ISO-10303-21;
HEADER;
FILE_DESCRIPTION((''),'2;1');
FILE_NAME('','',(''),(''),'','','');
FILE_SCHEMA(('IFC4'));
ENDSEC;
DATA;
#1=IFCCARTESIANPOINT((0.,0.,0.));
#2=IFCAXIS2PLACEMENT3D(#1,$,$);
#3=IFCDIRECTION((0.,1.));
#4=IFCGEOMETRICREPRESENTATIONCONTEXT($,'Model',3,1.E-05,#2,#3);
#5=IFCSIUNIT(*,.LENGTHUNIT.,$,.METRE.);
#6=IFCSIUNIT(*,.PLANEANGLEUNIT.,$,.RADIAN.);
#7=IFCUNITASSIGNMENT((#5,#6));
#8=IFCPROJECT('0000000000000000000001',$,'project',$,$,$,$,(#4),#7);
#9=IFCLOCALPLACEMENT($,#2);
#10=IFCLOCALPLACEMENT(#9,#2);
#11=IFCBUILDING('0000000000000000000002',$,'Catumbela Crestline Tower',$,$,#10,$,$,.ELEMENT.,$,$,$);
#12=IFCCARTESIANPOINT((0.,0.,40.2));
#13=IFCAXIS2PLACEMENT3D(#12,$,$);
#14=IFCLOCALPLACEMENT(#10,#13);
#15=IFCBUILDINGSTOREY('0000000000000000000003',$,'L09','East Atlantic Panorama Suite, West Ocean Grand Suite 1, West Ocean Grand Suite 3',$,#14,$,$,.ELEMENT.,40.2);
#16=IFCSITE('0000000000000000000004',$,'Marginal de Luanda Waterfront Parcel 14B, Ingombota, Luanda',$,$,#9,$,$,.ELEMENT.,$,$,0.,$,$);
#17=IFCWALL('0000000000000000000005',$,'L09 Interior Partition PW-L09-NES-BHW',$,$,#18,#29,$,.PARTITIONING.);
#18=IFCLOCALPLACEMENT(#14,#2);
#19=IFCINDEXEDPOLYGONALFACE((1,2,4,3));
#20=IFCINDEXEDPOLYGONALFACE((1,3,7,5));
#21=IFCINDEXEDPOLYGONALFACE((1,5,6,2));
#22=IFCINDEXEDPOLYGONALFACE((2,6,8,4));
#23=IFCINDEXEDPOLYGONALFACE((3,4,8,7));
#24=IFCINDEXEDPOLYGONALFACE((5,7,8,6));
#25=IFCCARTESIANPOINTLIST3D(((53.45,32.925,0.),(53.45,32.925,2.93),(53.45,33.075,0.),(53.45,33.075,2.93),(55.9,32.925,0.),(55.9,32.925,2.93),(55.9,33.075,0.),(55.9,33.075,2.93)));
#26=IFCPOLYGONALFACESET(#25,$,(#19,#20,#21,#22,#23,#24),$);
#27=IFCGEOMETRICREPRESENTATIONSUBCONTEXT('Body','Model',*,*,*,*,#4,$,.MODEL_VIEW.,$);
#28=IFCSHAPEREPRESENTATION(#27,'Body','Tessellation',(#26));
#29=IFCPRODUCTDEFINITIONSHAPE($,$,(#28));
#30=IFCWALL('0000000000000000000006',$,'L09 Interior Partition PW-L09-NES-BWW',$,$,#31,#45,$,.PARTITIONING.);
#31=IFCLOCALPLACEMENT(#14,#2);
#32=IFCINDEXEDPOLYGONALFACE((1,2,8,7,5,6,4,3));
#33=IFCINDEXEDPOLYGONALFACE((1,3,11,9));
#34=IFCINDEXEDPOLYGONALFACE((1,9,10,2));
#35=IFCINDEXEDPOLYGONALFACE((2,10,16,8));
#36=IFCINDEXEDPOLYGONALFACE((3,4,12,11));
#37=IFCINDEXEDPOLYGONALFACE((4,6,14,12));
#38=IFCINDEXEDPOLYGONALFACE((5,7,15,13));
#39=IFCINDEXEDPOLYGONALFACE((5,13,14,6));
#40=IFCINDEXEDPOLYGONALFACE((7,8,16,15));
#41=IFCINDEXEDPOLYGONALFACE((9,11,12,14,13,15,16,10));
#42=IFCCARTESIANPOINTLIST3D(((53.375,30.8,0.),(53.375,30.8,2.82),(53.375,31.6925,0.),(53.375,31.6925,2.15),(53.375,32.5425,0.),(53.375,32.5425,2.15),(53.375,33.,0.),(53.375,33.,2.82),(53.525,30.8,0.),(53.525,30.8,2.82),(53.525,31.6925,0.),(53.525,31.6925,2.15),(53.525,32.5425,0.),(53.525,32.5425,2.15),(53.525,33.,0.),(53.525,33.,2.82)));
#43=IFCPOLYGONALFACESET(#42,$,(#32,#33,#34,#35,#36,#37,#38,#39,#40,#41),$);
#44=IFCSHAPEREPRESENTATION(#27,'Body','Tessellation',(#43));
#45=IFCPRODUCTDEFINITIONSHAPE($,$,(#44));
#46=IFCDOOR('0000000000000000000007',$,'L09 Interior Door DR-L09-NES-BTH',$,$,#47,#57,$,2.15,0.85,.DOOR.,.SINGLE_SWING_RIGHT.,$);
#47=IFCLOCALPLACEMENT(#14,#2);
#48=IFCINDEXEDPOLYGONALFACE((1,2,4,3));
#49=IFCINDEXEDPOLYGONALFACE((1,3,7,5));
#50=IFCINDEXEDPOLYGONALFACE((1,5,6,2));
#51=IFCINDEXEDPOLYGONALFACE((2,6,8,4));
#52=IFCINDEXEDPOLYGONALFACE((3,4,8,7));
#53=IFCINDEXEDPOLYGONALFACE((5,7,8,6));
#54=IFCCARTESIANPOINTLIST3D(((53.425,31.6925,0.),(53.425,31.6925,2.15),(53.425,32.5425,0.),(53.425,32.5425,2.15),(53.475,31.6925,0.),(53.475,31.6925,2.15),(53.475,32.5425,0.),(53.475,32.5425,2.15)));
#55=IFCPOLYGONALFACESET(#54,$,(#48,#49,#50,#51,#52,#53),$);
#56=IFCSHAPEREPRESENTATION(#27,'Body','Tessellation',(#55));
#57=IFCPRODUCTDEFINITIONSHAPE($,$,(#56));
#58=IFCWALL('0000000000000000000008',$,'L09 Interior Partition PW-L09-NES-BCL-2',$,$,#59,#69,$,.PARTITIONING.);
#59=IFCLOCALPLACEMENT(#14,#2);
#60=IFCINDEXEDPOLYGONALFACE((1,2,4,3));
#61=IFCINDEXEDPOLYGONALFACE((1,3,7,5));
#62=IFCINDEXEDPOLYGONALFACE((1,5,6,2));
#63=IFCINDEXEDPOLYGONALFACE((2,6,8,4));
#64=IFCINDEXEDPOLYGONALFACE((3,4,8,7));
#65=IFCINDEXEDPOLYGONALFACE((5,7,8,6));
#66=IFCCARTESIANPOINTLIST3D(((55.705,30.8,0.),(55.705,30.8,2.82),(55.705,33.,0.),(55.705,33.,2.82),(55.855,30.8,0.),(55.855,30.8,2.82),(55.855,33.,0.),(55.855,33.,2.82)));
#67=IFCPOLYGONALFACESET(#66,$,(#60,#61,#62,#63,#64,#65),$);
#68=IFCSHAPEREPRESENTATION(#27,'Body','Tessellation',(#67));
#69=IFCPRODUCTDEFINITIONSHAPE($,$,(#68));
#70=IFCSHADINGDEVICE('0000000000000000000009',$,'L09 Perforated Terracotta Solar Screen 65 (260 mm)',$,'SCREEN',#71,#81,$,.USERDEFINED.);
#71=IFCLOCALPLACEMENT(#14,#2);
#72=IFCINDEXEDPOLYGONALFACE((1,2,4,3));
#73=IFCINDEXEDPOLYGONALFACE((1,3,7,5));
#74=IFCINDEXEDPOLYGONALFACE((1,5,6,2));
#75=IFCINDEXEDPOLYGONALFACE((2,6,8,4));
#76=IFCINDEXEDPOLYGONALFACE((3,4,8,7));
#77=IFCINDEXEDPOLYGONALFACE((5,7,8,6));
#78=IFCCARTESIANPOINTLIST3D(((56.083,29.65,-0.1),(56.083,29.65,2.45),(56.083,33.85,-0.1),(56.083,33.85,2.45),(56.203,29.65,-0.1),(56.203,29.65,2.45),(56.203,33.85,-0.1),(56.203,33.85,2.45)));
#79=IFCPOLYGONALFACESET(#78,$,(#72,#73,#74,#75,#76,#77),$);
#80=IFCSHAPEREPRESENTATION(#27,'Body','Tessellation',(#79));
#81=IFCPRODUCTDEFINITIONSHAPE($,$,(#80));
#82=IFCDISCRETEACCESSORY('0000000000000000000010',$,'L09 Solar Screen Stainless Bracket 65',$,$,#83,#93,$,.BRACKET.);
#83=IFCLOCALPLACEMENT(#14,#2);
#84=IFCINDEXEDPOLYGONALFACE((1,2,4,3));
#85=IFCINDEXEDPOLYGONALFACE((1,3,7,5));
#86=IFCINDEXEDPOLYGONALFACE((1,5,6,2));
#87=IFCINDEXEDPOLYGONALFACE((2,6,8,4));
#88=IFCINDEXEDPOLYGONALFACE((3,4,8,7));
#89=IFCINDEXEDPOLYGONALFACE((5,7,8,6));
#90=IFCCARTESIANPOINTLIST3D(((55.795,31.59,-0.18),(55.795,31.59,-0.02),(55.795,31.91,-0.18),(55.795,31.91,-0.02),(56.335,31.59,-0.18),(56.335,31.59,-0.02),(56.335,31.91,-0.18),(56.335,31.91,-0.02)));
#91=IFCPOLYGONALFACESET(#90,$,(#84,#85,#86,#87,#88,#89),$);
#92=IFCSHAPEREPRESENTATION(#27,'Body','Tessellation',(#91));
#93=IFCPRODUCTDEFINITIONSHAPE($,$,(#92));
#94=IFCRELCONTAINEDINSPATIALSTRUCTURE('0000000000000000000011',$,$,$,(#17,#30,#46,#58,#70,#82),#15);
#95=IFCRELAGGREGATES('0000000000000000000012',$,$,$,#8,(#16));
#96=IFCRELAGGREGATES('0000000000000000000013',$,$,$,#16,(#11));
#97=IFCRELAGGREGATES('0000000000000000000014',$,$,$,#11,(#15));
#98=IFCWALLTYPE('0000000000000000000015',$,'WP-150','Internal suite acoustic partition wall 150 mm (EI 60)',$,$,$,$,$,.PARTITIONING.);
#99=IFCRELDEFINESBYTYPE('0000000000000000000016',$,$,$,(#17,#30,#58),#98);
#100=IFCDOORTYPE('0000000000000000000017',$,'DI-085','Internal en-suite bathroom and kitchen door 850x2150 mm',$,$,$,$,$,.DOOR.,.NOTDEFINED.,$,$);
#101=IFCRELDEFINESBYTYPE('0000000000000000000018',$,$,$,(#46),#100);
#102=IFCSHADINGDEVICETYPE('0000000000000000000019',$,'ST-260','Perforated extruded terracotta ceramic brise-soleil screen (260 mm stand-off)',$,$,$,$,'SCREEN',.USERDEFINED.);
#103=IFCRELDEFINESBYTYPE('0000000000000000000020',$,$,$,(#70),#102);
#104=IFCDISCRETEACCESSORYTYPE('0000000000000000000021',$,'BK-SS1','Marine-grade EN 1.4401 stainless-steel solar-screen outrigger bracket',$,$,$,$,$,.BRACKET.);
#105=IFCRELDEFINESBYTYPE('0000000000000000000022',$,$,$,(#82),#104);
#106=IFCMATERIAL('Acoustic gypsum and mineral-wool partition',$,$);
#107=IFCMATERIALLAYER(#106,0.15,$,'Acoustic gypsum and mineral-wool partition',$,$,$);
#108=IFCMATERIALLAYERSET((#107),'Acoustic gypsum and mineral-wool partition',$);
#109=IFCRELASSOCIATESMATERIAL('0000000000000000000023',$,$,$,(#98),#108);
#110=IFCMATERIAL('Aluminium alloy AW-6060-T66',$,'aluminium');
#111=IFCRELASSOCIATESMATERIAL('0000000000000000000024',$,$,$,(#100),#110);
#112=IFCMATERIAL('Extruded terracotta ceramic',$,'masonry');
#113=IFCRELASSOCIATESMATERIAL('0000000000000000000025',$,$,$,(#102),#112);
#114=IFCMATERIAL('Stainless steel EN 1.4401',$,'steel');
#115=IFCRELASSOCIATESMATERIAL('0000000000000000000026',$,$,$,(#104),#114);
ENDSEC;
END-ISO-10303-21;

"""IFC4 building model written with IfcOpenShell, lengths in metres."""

from ifc_helpers import new_model, si_unit, direction, frame, frame_2d, origin, origin_2d, place, context, subcontext, project, spatial, rectangle, extrude, material, layer, layer_set, type_object, element, fill, save


model = new_model("IFC4")

# Units and contexts
model_context = context("Model", 3, precision=1e-05, world=origin(), true_north=direction((0.0, 1.0)))
body_context = subcontext(model_context, "Body", "Model", "MODEL_VIEW")
ifc_project = project(units=[si_unit("LENGTHUNIT", "METRE"), si_unit("PLANEANGLEUNIT", "RADIAN")], contexts=[model_context])

# Site, building, storey
site_placement = place(None, origin())
site = spatial("IfcSite", under=ifc_project, at=site_placement, Name="Marginal de Luanda Waterfront Parcel 14B, Ingombota, Luanda", CompositionType="ELEMENT", RefElevation=0.0)
building_placement = place(site_placement, origin())
building = spatial("IfcBuilding", under=site, at=building_placement, Name="Catumbela Crestline Tower", CompositionType="ELEMENT")
storey_placement = place(building_placement, frame((0.0, 0.0, 40.2)))
storey = spatial("IfcBuildingStorey", under=building, at=storey_placement, Name="L09", Description="East Atlantic Panorama Suite, West Ocean Grand Suite 1, West Ocean Grand Suite 3", CompositionType="ELEMENT", Elevation=40.2)

# Shared definitions
ifc_material_1 = material(Name="Aluminium alloy AW-6060-T66", Category="aluminium")

# Shared definitions
ifc_material_2 = material(Name="Acoustic gypsum and mineral-wool partition")

# Wall
ifc_layer_1 = layer(ifc_material_2, 0.15, Name="Acoustic gypsum and mineral-wool partition")
ifc_layer_set_1 = layer_set([ifc_layer_1], Name="Acoustic gypsum and mineral-wool partition")
wall_type_1 = type_object("IfcWallType", Name="WP-150", Description="Internal suite acoustic partition wall 150 mm (EI 60)", PredefinedType="PARTITIONING", material=ifc_layer_set_1)
wall_1_placement = place(storey_placement, frame((53.45, 33.0, 0.0), z_axis=(0.0, 0.0, 1.0), x_axis=(1.0, 0.0, 0.0)))
element("IfcWall", 1, at=wall_1_placement, inside=storey, type_object=wall_type_1, Name="L09 Interior Partition PW-L09-NES-BHW", PredefinedType="PARTITIONING", context=body_context, shape_type="SweptSolid", body=[
    extrude(rectangle(XDim=2.45, YDim=0.15, at=frame_2d((1.225, 0.0))), origin(), (0.0, 0.0, 1.0), 2.93),
])

# Wall, opening, door
wall_2_placement = place(storey_placement, frame((53.45, 30.8, 0.0), z_axis=(0.0, 0.0, 1.0), x_axis=(0.0, 1.0, 0.0)))
wall_2 = element("IfcWall", 2, at=wall_2_placement, inside=storey, type_object=wall_type_1, Name="L09 Interior Partition PW-L09-NES-BWW", PredefinedType="PARTITIONING", context=body_context, shape_type="SweptSolid", body=[
    extrude(rectangle(XDim=2.2, YDim=0.15, at=frame_2d((1.1, 0.0))), origin(), (0.0, 0.0, 1.0), 2.82),
])
opening_1_placement = place(wall_2_placement, frame((0.8925, 0.0, 0.0)))
opening_1 = element("IfcOpeningElement", 3, at=opening_1_placement, cuts=wall_2, PredefinedType="OPENING", context=body_context, shape_type="SweptSolid", body=[
    extrude(rectangle(XDim=0.85, YDim=2.15, at=frame_2d((0.425, 1.075))), frame((0.0, 0.085, 0.0), z_axis=(0.0, -1.0, 0.0), x_axis=(1.0, 0.0, 0.0)), (0.0, 0.0, 1.0), 0.17),
])
door_type_1 = type_object("IfcDoorType", Name="DI-085", Description="Internal en-suite bathroom and kitchen door 850x2150 mm", OperationType="NOTDEFINED", PredefinedType="DOOR", material=ifc_material_1)
door_1_placement = place(opening_1_placement, origin())
door_1 = element("IfcDoor", 4, at=door_1_placement, inside=storey, type_object=door_type_1, Name="L09 Interior Door DR-L09-NES-BTH", OperationType="SINGLE_SWING_RIGHT", OverallHeight=2.15, OverallWidth=0.85, PredefinedType="DOOR", context=body_context, shape_type="SweptSolid", body=[
    extrude(rectangle(XDim=0.85, YDim=2.15, at=frame_2d((0.425, 1.075))), frame((0.0, 0.025, 0.0), z_axis=(0.0, -1.0, 0.0), x_axis=(1.0, 0.0, 0.0)), (0.0, 0.0, 1.0), 0.05),
])
fill(opening_1, door_1)

# Wall
wall_3_placement = place(storey_placement, frame((55.78, 33.0, 0.0), z_axis=(0.0, 0.0, 1.0), x_axis=(0.0, -1.0, 0.0)))
element("IfcWall", 5, at=wall_3_placement, inside=storey, type_object=wall_type_1, Name="L09 Interior Partition PW-L09-NES-BCL-2", PredefinedType="PARTITIONING", context=body_context, shape_type="SweptSolid", body=[
    extrude(rectangle(XDim=2.2, YDim=0.15, at=frame_2d((1.1, 0.0))), origin(), (0.0, 0.0, 1.0), 2.82),
])

# Shading device
ifc_material_3 = material(Name="Extruded terracotta ceramic", Category="masonry")
shading_device_type = type_object("IfcShadingDeviceType", Name="ST-260", Description="Perforated extruded terracotta ceramic brise-soleil screen (260 mm stand-off)", ElementType="SCREEN", PredefinedType="USERDEFINED", material=ifc_material_3)
shading_device_placement = place(storey_placement, frame((56.143, 31.75, -0.1), z_axis=(0.0, 0.0, 1.0), x_axis=(0.0, 1.0, 0.0)))
element("IfcShadingDevice", 6, at=shading_device_placement, inside=storey, type_object=shading_device_type, Name="L09 Perforated Terracotta Solar Screen 65 (260 mm)", ObjectType="SCREEN", PredefinedType="USERDEFINED", context=body_context, shape_type="SweptSolid", body=[
    extrude(rectangle(XDim=4.2, YDim=0.12, at=origin_2d()), origin(), (0.0, 0.0, 1.0), 2.55),
])

# Discrete accessory
ifc_material_4 = material(Name="Stainless steel EN 1.4401", Category="steel")
discrete_accessory_type = type_object("IfcDiscreteAccessoryType", Name="BK-SS1", Description="Marine-grade EN 1.4401 stainless-steel solar-screen outrigger bracket", PredefinedType="BRACKET", material=ifc_material_4)
discrete_accessory_placement = place(storey_placement, frame((56.065, 31.75, -0.18), z_axis=(0.0, 0.0, 1.0), x_axis=(0.0, 1.0, 0.0)))
element("IfcDiscreteAccessory", 7, at=discrete_accessory_placement, inside=storey, type_object=discrete_accessory_type, Name="L09 Solar Screen Stainless Bracket 65", PredefinedType="BRACKET", context=body_context, shape_type="SweptSolid", body=[
    extrude(rectangle(XDim=0.32, YDim=0.54, at=origin_2d()), origin(), (0.0, 0.0, 1.0), 0.16),
])

save(model, "model.ifc")
